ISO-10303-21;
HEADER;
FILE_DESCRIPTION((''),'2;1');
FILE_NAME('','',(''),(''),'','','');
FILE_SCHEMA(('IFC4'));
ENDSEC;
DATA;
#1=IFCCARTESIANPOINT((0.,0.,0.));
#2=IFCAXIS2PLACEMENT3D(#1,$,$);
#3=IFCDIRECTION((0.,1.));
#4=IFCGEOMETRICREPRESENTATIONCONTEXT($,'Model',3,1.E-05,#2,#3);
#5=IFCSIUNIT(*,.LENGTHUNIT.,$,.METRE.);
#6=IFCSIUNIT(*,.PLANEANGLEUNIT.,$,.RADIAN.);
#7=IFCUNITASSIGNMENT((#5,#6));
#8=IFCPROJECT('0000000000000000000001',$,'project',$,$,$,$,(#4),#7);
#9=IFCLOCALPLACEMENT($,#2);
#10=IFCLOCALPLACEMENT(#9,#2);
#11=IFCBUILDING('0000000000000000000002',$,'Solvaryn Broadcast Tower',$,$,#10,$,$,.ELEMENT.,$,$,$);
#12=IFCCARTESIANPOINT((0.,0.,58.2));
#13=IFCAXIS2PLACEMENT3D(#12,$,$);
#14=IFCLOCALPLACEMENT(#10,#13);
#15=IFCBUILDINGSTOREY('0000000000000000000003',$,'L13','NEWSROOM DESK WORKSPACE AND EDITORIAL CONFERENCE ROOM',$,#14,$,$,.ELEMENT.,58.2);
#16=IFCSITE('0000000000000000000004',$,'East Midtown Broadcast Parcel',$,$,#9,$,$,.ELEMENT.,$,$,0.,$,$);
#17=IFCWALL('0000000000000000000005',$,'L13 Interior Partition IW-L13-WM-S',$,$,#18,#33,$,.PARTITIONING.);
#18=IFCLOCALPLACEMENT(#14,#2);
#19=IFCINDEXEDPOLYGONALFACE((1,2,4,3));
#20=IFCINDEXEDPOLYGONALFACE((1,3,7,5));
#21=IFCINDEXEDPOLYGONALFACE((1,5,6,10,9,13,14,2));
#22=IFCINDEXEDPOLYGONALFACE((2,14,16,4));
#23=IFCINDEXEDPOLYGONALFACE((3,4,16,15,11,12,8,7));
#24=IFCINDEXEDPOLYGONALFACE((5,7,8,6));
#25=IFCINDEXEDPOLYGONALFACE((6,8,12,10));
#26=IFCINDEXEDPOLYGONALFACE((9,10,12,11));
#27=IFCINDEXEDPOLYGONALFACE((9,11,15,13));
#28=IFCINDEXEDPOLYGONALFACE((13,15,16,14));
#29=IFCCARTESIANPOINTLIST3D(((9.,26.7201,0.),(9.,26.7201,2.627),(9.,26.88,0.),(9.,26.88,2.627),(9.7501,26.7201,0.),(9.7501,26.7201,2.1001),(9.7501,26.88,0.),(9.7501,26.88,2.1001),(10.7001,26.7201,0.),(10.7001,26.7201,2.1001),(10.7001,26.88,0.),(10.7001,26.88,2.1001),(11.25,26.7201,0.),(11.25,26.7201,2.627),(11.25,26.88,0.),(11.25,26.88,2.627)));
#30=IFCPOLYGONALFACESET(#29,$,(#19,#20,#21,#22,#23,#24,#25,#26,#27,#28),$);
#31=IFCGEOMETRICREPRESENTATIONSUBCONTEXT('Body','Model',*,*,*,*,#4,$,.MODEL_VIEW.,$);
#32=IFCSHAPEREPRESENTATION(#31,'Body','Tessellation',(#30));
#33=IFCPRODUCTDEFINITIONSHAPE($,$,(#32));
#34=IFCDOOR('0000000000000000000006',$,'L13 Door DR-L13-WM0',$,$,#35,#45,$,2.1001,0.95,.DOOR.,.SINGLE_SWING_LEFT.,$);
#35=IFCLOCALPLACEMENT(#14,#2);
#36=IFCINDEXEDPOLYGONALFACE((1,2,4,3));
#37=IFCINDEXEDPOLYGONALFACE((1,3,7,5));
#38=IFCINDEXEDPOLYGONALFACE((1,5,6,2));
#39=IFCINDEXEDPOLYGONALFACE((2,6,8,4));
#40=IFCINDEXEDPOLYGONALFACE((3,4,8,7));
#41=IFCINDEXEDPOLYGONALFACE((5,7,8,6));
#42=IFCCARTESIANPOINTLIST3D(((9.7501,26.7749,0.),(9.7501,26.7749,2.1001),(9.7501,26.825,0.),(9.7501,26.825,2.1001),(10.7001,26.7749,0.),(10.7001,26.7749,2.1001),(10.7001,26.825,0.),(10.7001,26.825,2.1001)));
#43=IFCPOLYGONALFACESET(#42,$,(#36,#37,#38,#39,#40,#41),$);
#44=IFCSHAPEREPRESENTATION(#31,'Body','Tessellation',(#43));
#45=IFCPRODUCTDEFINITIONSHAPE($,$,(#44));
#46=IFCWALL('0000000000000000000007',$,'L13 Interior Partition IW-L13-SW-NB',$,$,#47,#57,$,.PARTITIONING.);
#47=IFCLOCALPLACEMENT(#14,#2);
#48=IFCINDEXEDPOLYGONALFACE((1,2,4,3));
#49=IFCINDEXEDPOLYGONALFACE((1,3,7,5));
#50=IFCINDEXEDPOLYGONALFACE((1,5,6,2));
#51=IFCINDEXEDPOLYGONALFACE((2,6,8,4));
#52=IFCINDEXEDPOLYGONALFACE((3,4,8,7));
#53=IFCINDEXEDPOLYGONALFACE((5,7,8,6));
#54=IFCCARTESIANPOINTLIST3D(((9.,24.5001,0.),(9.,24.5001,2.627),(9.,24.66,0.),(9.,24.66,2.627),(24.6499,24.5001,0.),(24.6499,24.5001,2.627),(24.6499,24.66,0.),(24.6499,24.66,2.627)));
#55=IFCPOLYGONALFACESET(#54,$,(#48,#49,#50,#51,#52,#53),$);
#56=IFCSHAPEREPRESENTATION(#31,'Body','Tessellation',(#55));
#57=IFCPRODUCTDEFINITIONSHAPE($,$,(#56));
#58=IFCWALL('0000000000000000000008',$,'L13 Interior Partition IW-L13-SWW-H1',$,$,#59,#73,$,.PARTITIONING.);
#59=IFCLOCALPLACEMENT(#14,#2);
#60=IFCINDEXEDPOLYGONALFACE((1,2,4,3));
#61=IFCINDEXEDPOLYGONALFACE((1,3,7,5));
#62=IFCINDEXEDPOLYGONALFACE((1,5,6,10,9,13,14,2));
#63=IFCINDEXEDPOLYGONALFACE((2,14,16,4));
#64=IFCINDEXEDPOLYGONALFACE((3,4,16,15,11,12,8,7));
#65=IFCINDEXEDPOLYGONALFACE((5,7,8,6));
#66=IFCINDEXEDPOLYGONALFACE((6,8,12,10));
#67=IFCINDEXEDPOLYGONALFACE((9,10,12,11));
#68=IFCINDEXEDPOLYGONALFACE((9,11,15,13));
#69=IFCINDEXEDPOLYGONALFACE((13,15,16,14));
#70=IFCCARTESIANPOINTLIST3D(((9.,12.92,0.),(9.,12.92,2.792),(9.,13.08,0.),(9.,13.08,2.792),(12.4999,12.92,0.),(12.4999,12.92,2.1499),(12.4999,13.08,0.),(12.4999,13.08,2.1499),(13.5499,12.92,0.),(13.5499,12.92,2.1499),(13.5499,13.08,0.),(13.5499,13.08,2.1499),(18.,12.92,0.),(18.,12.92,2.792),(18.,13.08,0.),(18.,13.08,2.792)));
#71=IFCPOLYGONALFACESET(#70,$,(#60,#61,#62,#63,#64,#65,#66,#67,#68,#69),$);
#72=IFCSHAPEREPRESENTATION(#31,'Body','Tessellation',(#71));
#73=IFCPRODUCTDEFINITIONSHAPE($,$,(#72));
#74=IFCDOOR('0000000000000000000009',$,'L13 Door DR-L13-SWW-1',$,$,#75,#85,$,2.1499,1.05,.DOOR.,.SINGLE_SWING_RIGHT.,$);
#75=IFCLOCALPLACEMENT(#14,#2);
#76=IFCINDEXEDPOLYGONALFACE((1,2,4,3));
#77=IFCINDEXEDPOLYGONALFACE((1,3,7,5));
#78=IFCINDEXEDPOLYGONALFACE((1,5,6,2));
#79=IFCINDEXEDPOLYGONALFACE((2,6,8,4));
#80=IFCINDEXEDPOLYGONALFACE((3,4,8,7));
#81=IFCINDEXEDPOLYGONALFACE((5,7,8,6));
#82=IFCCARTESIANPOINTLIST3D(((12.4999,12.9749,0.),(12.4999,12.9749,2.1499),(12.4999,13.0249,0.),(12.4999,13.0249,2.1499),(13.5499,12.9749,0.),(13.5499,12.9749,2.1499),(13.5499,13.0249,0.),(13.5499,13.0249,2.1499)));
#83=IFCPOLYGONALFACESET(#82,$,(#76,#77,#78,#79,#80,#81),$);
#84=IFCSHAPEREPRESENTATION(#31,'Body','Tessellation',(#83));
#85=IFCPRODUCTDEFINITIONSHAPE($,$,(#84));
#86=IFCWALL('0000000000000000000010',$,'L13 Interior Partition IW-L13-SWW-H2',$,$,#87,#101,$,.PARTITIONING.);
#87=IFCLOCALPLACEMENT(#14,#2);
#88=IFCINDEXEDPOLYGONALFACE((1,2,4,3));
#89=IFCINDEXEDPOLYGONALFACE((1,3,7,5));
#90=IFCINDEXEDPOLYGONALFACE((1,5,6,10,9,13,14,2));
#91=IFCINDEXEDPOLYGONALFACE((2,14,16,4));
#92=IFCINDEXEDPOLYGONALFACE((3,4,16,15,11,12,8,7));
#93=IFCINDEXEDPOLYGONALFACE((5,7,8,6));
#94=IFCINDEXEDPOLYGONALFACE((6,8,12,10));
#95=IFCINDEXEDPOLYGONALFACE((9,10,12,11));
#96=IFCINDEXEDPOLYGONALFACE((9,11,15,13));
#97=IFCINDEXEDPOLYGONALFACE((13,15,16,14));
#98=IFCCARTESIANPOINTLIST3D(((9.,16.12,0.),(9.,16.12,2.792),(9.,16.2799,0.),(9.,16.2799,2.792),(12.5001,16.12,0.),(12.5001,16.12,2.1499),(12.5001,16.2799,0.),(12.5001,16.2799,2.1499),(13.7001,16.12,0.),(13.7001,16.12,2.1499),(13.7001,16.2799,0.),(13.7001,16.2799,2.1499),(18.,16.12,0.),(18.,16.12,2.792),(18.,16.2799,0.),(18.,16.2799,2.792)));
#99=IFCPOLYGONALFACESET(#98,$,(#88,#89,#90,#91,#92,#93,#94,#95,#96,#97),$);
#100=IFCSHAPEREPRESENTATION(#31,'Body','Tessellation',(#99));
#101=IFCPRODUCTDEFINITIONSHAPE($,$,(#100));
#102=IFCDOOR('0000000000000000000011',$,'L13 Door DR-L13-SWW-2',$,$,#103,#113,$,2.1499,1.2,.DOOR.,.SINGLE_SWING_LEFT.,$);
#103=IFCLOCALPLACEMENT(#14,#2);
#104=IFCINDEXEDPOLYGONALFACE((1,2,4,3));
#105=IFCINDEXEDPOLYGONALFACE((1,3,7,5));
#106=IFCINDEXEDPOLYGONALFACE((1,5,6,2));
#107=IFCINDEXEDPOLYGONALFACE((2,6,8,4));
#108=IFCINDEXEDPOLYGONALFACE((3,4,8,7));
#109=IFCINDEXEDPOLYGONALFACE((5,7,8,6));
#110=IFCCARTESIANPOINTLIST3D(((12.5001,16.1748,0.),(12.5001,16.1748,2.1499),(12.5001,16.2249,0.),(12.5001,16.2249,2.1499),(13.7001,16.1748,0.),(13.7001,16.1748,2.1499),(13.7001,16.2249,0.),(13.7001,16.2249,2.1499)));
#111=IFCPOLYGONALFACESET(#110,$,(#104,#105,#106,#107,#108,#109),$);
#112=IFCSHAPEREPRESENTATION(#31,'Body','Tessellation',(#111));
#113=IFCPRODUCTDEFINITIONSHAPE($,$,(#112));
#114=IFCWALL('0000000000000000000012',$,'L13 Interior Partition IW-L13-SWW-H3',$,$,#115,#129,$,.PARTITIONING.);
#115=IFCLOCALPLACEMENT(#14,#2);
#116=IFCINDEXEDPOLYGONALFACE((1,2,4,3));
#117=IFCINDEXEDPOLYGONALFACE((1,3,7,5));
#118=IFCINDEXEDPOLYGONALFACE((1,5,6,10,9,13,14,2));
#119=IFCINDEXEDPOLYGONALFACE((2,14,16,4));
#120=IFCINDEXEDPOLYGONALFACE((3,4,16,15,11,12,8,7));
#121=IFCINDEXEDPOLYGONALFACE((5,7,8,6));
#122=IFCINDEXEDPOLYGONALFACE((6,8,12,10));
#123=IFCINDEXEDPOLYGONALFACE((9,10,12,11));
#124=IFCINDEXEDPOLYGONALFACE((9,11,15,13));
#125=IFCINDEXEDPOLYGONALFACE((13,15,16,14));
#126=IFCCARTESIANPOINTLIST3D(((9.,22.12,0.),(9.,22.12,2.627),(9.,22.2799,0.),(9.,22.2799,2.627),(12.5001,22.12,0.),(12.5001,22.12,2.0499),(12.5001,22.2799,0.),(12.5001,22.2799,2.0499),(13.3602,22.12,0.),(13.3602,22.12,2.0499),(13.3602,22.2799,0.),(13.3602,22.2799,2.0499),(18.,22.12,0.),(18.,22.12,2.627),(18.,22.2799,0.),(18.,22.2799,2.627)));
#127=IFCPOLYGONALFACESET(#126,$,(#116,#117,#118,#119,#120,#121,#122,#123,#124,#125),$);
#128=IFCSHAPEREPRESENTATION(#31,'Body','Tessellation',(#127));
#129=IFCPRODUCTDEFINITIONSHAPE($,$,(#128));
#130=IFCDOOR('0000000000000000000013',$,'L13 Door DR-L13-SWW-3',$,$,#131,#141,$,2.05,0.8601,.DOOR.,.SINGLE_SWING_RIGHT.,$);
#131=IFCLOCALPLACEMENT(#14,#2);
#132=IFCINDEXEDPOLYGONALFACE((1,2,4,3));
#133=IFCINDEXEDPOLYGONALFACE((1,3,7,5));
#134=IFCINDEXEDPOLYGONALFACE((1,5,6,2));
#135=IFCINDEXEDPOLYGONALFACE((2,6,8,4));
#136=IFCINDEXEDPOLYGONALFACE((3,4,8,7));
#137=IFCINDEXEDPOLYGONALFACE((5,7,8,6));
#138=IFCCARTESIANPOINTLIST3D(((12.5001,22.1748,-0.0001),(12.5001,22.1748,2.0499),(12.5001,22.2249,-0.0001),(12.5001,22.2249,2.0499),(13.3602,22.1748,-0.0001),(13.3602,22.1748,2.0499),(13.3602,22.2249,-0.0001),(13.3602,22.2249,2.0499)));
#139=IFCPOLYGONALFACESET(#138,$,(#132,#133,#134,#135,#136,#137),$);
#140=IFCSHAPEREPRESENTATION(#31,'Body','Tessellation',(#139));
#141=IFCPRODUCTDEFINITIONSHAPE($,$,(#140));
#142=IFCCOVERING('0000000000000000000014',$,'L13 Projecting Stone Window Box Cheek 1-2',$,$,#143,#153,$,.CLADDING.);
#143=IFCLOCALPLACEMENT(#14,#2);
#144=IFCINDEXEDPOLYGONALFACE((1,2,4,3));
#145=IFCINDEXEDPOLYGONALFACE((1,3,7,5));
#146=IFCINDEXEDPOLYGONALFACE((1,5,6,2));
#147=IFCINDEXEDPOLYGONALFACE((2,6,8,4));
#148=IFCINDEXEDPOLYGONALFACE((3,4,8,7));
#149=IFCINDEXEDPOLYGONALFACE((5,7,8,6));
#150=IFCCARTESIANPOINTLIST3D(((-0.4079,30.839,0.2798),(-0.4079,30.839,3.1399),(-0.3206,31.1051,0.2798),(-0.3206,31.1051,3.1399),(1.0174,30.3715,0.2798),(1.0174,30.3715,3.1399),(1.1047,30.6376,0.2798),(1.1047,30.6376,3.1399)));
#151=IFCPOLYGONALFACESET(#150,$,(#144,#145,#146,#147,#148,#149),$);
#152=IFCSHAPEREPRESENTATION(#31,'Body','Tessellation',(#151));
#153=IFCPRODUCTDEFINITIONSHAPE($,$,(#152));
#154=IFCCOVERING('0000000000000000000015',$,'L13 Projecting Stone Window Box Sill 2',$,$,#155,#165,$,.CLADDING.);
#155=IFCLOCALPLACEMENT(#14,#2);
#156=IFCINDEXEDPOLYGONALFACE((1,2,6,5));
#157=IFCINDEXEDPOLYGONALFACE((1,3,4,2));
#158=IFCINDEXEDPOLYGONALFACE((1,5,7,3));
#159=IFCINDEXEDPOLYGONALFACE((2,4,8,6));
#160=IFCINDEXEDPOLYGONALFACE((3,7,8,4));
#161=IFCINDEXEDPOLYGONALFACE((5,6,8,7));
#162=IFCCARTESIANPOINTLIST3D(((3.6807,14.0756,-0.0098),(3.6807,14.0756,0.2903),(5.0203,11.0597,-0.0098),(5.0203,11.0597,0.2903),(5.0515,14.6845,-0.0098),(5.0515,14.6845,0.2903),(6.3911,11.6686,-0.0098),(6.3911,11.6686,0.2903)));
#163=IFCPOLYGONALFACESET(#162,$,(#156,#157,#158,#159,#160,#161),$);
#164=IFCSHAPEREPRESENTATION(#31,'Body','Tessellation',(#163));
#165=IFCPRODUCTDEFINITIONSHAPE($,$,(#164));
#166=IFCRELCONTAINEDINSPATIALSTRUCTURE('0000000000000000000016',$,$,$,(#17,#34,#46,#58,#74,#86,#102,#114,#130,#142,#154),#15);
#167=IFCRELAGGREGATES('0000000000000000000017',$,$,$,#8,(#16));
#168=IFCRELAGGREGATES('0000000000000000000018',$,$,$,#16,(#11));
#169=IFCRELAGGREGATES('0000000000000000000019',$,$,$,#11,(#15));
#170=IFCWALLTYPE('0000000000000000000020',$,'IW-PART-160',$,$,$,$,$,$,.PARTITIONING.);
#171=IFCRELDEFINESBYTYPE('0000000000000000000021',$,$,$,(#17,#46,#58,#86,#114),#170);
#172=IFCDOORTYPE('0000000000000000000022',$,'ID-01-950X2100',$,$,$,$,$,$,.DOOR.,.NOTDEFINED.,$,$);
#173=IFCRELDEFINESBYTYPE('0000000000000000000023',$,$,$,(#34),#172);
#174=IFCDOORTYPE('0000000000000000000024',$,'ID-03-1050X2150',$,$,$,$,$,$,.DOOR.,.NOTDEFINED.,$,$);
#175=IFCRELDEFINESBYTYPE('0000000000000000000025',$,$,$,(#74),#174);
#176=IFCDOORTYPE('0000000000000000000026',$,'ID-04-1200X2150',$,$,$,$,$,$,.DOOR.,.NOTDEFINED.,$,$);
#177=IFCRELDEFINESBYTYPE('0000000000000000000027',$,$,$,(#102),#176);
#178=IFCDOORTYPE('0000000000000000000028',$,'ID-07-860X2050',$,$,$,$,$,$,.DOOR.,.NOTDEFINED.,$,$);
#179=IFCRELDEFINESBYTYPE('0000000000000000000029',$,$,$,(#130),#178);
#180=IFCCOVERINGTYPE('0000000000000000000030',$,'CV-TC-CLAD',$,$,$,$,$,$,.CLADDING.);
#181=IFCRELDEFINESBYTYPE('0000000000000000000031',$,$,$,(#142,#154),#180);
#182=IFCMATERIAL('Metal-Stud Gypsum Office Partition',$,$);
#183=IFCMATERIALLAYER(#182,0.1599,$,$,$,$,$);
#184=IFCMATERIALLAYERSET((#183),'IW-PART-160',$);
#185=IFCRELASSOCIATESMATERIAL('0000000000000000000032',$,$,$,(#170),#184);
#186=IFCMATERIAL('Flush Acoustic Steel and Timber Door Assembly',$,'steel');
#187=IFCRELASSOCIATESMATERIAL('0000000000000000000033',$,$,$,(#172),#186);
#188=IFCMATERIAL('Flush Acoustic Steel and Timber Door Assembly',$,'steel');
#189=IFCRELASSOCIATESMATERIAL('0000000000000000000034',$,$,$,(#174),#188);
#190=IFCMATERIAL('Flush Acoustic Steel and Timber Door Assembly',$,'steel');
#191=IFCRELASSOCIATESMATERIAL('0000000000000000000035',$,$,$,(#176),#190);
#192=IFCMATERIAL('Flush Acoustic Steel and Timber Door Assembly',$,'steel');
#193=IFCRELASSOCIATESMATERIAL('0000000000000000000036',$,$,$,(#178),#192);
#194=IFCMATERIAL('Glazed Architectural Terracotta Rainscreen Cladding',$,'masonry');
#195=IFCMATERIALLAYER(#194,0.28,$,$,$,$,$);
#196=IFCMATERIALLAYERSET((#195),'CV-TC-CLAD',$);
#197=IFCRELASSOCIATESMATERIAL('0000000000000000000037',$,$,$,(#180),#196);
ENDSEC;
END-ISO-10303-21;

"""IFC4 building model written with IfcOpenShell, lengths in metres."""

from ifc_helpers import new_model, si_unit, direction, frame, frame_2d, origin, origin_2d, place, context, subcontext, project, spatial, rectangle, extrude, material, layer, layer_set, type_object, element, fill, save


model = new_model("IFC4")

# Units and contexts
model_context = context("Model", 3, precision=1e-05, world=origin(), true_north=direction((0.0, 1.0)))
body_context = subcontext(model_context, "Body", "Model", "MODEL_VIEW")
ifc_project = project(units=[si_unit("LENGTHUNIT", "METRE"), si_unit("PLANEANGLEUNIT", "RADIAN")], contexts=[model_context])

# Site, building, storey
site_placement = place(None, origin())
site = spatial("IfcSite", under=ifc_project, at=site_placement, Name="East Midtown Broadcast Parcel", CompositionType="ELEMENT", RefElevation=0.0)
building_placement = place(site_placement, origin())
building = spatial("IfcBuilding", under=site, at=building_placement, Name="Solvaryn Broadcast Tower", CompositionType="ELEMENT")
storey_placement = place(building_placement, frame((0.0, 0.0, 58.2)))
storey = spatial("IfcBuildingStorey", under=building, at=storey_placement, Name="L13", Description="NEWSROOM DESK WORKSPACE AND EDITORIAL CONFERENCE ROOM", CompositionType="ELEMENT", Elevation=58.2)

# Wall, opening, door
ifc_material_1 = material(Name="Metal-Stud Gypsum Office Partition")
ifc_layer_1 = layer(ifc_material_1, 0.1599)
ifc_layer_set_1 = layer_set([ifc_layer_1], Name="IW-PART-160")
wall_type = type_object("IfcWallType", Name="IW-PART-160", PredefinedType="PARTITIONING", material=ifc_layer_set_1)
wall_1_placement = place(storey_placement, frame((9.0, 26.8, 0.0), z_axis=(0.0, 0.0, 1.0), x_axis=(1.0, 0.0, 0.0)))
wall_1 = element("IfcWall", 1, at=wall_1_placement, inside=storey, type_object=wall_type, Name="L13 Interior Partition IW-L13-WM-S", PredefinedType="PARTITIONING", context=body_context, shape_type="SweptSolid", body=[
    extrude(rectangle(XDim=2.25, YDim=0.1599, at=frame_2d((1.125, 0.0))), origin(), (0.0, 0.0, 1.0), 2.627),
])
opening_1_placement = place(wall_1_placement, frame((0.75, 0.0, 0.0)))
opening_1 = element("IfcOpeningElement", 2, at=opening_1_placement, cuts=wall_1, PredefinedType="OPENING", context=body_context, shape_type="SweptSolid", body=[
    extrude(rectangle(XDim=0.95, YDim=2.1001, at=frame_2d((0.4751, 1.05))), frame((0.0, 0.0901, 0.0), z_axis=(0.0, -1.0, 0.0), x_axis=(1.0, 0.0, 0.0)), (0.0, 0.0, 1.0), 0.1799),
])
ifc_material_2 = material(Name="Flush Acoustic Steel and Timber Door Assembly", Category="steel")
door_type_1 = type_object("IfcDoorType", Name="ID-01-950X2100", OperationType="NOTDEFINED", PredefinedType="DOOR", material=ifc_material_2)
door_1_placement = place(opening_1_placement, origin())
door_1 = element("IfcDoor", 3, at=door_1_placement, inside=storey, type_object=door_type_1, Name="L13 Door DR-L13-WM0", OperationType="SINGLE_SWING_LEFT", OverallHeight=2.1001, OverallWidth=0.95, PredefinedType="DOOR", context=body_context, shape_type="SweptSolid", body=[
    extrude(rectangle(XDim=0.95, YDim=2.1001, at=frame_2d((0.4751, 1.05))), frame((0.0, 0.0249, 0.0), z_axis=(0.0, -1.0, 0.0), x_axis=(1.0, 0.0, 0.0)), (0.0, 0.0, 1.0), 0.05),
])
fill(opening_1, door_1)

# Wall
wall_2_placement = place(storey_placement, frame((9.0, 24.5801, 0.0), z_axis=(0.0, 0.0, 1.0), x_axis=(1.0, 0.0, 0.0)))
element("IfcWall", 4, at=wall_2_placement, inside=storey, type_object=wall_type, Name="L13 Interior Partition IW-L13-SW-NB", PredefinedType="PARTITIONING", context=body_context, shape_type="SweptSolid", body=[
    extrude(rectangle(XDim=15.6499, YDim=0.1599, at=frame_2d((7.825, 0.0))), origin(), (0.0, 0.0, 1.0), 2.627),
])

# Walls, openings, doors
wall_3_placement = place(storey_placement, frame((9.0, 13.0, 0.0), z_axis=(0.0, 0.0, 1.0), x_axis=(1.0, 0.0, 0.0)))
wall_3 = element("IfcWall", 5, at=wall_3_placement, inside=storey, type_object=wall_type, Name="L13 Interior Partition IW-L13-SWW-H1", PredefinedType="PARTITIONING", context=body_context, shape_type="SweptSolid", body=[
    extrude(rectangle(XDim=9.0, YDim=0.1599, at=frame_2d((4.5, 0.0))), origin(), (0.0, 0.0, 1.0), 2.792),
])
opening_2_placement = place(wall_3_placement, frame((3.5, 0.0, 0.0)))
opening_2 = element("IfcOpeningElement", 6, at=opening_2_placement, cuts=wall_3, PredefinedType="OPENING", context=body_context, shape_type="SweptSolid", body=[
    extrude(rectangle(XDim=1.05, YDim=2.1499, at=frame_2d((0.5249, 1.075))), frame((0.0, 0.0901, 0.0), z_axis=(0.0, -1.0, 0.0), x_axis=(1.0, 0.0, 0.0)), (0.0, 0.0, 1.0), 0.1799),
])
ifc_material_3 = material(Name="Flush Acoustic Steel and Timber Door Assembly", Category="steel")
door_type_2 = type_object("IfcDoorType", Name="ID-03-1050X2150", OperationType="NOTDEFINED", PredefinedType="DOOR", material=ifc_material_3)
door_2_placement = place(opening_2_placement, origin())
door_2 = element("IfcDoor", 7, at=door_2_placement, inside=storey, type_object=door_type_2, Name="L13 Door DR-L13-SWW-1", OperationType="SINGLE_SWING_RIGHT", OverallHeight=2.1499, OverallWidth=1.05, PredefinedType="DOOR", context=body_context, shape_type="SweptSolid", body=[
    extrude(rectangle(XDim=1.05, YDim=2.1499, at=frame_2d((0.5249, 1.075))), frame((0.0, 0.0249, 0.0), z_axis=(0.0, -1.0, 0.0), x_axis=(1.0, 0.0, 0.0)), (0.0, 0.0, 1.0), 0.05),
])
fill(opening_2, door_2)
wall_4_placement = place(storey_placement, frame((9.0, 16.2, 0.0), z_axis=(0.0, 0.0, 1.0), x_axis=(1.0, 0.0, 0.0)))
wall_4 = element("IfcWall", 8, at=wall_4_placement, inside=storey, type_object=wall_type, Name="L13 Interior Partition IW-L13-SWW-H2", PredefinedType="PARTITIONING", context=body_context, shape_type="SweptSolid", body=[
    extrude(rectangle(XDim=9.0, YDim=0.1599, at=frame_2d((4.5, 0.0))), origin(), (0.0, 0.0, 1.0), 2.792),
])
opening_3_placement = place(wall_4_placement, frame((3.5, 0.0, 0.0)))
opening_3 = element("IfcOpeningElement", 9, at=opening_3_placement, cuts=wall_4, PredefinedType="OPENING", context=body_context, shape_type="SweptSolid", body=[
    extrude(rectangle(XDim=1.2, YDim=2.1499, at=frame_2d((0.6001, 1.075))), frame((0.0, 0.0901, 0.0), z_axis=(0.0, -1.0, 0.0), x_axis=(1.0, 0.0, 0.0)), (0.0, 0.0, 1.0), 0.1799),
])
ifc_material_4 = material(Name="Flush Acoustic Steel and Timber Door Assembly", Category="steel")
door_type_3 = type_object("IfcDoorType", Name="ID-04-1200X2150", OperationType="NOTDEFINED", PredefinedType="DOOR", material=ifc_material_4)
door_3_placement = place(opening_3_placement, origin())
door_3 = element("IfcDoor", 10, at=door_3_placement, inside=storey, type_object=door_type_3, Name="L13 Door DR-L13-SWW-2", OperationType="SINGLE_SWING_LEFT", OverallHeight=2.1499, OverallWidth=1.2, PredefinedType="DOOR", context=body_context, shape_type="SweptSolid", body=[
    extrude(rectangle(XDim=1.2, YDim=2.1499, at=frame_2d((0.6001, 1.075))), frame((0.0, 0.0249, 0.0), z_axis=(0.0, -1.0, 0.0), x_axis=(1.0, 0.0, 0.0)), (0.0, 0.0, 1.0), 0.05),
])
fill(opening_3, door_3)
wall_5_placement = place(storey_placement, frame((9.0, 22.2, 0.0), z_axis=(0.0, 0.0, 1.0), x_axis=(1.0, 0.0, 0.0)))
wall_5 = element("IfcWall", 11, at=wall_5_placement, inside=storey, type_object=wall_type, Name="L13 Interior Partition IW-L13-SWW-H3", PredefinedType="PARTITIONING", context=body_context, shape_type="SweptSolid", body=[
    extrude(rectangle(XDim=9.0, YDim=0.1599, at=frame_2d((4.5, 0.0))), origin(), (0.0, 0.0, 1.0), 2.627),
])
opening_4_placement = place(wall_5_placement, frame((3.5, 0.0, 0.0)))
opening_4 = element("IfcOpeningElement", 12, at=opening_4_placement, cuts=wall_5, PredefinedType="OPENING", context=body_context, shape_type="SweptSolid", body=[
    extrude(rectangle(XDim=0.8601, YDim=2.05, at=frame_2d((0.4302, 1.0249))), frame((0.0, 0.0901, 0.0), z_axis=(0.0, -1.0, 0.0), x_axis=(1.0, 0.0, 0.0)), (0.0, 0.0, 1.0), 0.1799),
])
ifc_material_5 = material(Name="Flush Acoustic Steel and Timber Door Assembly", Category="steel")
door_type_4 = type_object("IfcDoorType", Name="ID-07-860X2050", OperationType="NOTDEFINED", PredefinedType="DOOR", material=ifc_material_5)
door_4_placement = place(opening_4_placement, origin())
door_4 = element("IfcDoor", 13, at=door_4_placement, inside=storey, type_object=door_type_4, Name="L13 Door DR-L13-SWW-3", OperationType="SINGLE_SWING_RIGHT", OverallHeight=2.05, OverallWidth=0.8601, PredefinedType="DOOR", context=body_context, shape_type="SweptSolid", body=[
    extrude(rectangle(XDim=0.8601, YDim=2.05, at=frame_2d((0.4302, 1.0249))), frame((0.0, 0.0249, 0.0), z_axis=(0.0, -1.0, 0.0), x_axis=(1.0, 0.0, 0.0)), (0.0, 0.0, 1.0), 0.05),
])
fill(opening_4, door_4)

# Coverings
ifc_material_6 = material(Name="Glazed Architectural Terracotta Rainscreen Cladding", Category="masonry")
ifc_layer_2 = layer(ifc_material_6, 0.28)
ifc_layer_set_2 = layer_set([ifc_layer_2], Name="CV-TC-CLAD")
covering_type_1 = type_object("IfcCoveringType", Name="CV-TC-CLAD", PredefinedType="CLADDING", material=ifc_layer_set_2)
covering_1_placement = place(storey_placement, frame((0.3484, 30.7383, 0.2798), z_axis=(0.0, 0.0, 1.0), x_axis=(-0.311672, -0.95019, 0.0)))
element("IfcCovering", 14, at=covering_1_placement, inside=storey, type_object=covering_type_1, Name="L13 Projecting Stone Window Box Cheek 1-2", PredefinedType="CLADDING", context=body_context, shape_type="SweptSolid", body=[
    extrude(rectangle(XDim=0.28, YDim=1.5, at=origin_2d()), origin(), (0.0, 0.0, 1.0), 2.8601),
])
covering_2_placement = place(storey_placement, frame((5.0359, 12.8721, -0.0098), z_axis=(0.0, 0.0, 1.0), x_axis=(0.405939, -0.9139, 0.0)))
element("IfcCovering", 15, at=covering_2_placement, inside=storey, type_object=covering_type_1, Name="L13 Projecting Stone Window Box Sill 2", PredefinedType="CLADDING", context=body_context, shape_type="SweptSolid", body=[
    extrude(rectangle(XDim=3.3, YDim=1.5, at=origin_2d()), origin(), (0.0, 0.0, 1.0), 0.3),
])

save(model, "model.ifc")
